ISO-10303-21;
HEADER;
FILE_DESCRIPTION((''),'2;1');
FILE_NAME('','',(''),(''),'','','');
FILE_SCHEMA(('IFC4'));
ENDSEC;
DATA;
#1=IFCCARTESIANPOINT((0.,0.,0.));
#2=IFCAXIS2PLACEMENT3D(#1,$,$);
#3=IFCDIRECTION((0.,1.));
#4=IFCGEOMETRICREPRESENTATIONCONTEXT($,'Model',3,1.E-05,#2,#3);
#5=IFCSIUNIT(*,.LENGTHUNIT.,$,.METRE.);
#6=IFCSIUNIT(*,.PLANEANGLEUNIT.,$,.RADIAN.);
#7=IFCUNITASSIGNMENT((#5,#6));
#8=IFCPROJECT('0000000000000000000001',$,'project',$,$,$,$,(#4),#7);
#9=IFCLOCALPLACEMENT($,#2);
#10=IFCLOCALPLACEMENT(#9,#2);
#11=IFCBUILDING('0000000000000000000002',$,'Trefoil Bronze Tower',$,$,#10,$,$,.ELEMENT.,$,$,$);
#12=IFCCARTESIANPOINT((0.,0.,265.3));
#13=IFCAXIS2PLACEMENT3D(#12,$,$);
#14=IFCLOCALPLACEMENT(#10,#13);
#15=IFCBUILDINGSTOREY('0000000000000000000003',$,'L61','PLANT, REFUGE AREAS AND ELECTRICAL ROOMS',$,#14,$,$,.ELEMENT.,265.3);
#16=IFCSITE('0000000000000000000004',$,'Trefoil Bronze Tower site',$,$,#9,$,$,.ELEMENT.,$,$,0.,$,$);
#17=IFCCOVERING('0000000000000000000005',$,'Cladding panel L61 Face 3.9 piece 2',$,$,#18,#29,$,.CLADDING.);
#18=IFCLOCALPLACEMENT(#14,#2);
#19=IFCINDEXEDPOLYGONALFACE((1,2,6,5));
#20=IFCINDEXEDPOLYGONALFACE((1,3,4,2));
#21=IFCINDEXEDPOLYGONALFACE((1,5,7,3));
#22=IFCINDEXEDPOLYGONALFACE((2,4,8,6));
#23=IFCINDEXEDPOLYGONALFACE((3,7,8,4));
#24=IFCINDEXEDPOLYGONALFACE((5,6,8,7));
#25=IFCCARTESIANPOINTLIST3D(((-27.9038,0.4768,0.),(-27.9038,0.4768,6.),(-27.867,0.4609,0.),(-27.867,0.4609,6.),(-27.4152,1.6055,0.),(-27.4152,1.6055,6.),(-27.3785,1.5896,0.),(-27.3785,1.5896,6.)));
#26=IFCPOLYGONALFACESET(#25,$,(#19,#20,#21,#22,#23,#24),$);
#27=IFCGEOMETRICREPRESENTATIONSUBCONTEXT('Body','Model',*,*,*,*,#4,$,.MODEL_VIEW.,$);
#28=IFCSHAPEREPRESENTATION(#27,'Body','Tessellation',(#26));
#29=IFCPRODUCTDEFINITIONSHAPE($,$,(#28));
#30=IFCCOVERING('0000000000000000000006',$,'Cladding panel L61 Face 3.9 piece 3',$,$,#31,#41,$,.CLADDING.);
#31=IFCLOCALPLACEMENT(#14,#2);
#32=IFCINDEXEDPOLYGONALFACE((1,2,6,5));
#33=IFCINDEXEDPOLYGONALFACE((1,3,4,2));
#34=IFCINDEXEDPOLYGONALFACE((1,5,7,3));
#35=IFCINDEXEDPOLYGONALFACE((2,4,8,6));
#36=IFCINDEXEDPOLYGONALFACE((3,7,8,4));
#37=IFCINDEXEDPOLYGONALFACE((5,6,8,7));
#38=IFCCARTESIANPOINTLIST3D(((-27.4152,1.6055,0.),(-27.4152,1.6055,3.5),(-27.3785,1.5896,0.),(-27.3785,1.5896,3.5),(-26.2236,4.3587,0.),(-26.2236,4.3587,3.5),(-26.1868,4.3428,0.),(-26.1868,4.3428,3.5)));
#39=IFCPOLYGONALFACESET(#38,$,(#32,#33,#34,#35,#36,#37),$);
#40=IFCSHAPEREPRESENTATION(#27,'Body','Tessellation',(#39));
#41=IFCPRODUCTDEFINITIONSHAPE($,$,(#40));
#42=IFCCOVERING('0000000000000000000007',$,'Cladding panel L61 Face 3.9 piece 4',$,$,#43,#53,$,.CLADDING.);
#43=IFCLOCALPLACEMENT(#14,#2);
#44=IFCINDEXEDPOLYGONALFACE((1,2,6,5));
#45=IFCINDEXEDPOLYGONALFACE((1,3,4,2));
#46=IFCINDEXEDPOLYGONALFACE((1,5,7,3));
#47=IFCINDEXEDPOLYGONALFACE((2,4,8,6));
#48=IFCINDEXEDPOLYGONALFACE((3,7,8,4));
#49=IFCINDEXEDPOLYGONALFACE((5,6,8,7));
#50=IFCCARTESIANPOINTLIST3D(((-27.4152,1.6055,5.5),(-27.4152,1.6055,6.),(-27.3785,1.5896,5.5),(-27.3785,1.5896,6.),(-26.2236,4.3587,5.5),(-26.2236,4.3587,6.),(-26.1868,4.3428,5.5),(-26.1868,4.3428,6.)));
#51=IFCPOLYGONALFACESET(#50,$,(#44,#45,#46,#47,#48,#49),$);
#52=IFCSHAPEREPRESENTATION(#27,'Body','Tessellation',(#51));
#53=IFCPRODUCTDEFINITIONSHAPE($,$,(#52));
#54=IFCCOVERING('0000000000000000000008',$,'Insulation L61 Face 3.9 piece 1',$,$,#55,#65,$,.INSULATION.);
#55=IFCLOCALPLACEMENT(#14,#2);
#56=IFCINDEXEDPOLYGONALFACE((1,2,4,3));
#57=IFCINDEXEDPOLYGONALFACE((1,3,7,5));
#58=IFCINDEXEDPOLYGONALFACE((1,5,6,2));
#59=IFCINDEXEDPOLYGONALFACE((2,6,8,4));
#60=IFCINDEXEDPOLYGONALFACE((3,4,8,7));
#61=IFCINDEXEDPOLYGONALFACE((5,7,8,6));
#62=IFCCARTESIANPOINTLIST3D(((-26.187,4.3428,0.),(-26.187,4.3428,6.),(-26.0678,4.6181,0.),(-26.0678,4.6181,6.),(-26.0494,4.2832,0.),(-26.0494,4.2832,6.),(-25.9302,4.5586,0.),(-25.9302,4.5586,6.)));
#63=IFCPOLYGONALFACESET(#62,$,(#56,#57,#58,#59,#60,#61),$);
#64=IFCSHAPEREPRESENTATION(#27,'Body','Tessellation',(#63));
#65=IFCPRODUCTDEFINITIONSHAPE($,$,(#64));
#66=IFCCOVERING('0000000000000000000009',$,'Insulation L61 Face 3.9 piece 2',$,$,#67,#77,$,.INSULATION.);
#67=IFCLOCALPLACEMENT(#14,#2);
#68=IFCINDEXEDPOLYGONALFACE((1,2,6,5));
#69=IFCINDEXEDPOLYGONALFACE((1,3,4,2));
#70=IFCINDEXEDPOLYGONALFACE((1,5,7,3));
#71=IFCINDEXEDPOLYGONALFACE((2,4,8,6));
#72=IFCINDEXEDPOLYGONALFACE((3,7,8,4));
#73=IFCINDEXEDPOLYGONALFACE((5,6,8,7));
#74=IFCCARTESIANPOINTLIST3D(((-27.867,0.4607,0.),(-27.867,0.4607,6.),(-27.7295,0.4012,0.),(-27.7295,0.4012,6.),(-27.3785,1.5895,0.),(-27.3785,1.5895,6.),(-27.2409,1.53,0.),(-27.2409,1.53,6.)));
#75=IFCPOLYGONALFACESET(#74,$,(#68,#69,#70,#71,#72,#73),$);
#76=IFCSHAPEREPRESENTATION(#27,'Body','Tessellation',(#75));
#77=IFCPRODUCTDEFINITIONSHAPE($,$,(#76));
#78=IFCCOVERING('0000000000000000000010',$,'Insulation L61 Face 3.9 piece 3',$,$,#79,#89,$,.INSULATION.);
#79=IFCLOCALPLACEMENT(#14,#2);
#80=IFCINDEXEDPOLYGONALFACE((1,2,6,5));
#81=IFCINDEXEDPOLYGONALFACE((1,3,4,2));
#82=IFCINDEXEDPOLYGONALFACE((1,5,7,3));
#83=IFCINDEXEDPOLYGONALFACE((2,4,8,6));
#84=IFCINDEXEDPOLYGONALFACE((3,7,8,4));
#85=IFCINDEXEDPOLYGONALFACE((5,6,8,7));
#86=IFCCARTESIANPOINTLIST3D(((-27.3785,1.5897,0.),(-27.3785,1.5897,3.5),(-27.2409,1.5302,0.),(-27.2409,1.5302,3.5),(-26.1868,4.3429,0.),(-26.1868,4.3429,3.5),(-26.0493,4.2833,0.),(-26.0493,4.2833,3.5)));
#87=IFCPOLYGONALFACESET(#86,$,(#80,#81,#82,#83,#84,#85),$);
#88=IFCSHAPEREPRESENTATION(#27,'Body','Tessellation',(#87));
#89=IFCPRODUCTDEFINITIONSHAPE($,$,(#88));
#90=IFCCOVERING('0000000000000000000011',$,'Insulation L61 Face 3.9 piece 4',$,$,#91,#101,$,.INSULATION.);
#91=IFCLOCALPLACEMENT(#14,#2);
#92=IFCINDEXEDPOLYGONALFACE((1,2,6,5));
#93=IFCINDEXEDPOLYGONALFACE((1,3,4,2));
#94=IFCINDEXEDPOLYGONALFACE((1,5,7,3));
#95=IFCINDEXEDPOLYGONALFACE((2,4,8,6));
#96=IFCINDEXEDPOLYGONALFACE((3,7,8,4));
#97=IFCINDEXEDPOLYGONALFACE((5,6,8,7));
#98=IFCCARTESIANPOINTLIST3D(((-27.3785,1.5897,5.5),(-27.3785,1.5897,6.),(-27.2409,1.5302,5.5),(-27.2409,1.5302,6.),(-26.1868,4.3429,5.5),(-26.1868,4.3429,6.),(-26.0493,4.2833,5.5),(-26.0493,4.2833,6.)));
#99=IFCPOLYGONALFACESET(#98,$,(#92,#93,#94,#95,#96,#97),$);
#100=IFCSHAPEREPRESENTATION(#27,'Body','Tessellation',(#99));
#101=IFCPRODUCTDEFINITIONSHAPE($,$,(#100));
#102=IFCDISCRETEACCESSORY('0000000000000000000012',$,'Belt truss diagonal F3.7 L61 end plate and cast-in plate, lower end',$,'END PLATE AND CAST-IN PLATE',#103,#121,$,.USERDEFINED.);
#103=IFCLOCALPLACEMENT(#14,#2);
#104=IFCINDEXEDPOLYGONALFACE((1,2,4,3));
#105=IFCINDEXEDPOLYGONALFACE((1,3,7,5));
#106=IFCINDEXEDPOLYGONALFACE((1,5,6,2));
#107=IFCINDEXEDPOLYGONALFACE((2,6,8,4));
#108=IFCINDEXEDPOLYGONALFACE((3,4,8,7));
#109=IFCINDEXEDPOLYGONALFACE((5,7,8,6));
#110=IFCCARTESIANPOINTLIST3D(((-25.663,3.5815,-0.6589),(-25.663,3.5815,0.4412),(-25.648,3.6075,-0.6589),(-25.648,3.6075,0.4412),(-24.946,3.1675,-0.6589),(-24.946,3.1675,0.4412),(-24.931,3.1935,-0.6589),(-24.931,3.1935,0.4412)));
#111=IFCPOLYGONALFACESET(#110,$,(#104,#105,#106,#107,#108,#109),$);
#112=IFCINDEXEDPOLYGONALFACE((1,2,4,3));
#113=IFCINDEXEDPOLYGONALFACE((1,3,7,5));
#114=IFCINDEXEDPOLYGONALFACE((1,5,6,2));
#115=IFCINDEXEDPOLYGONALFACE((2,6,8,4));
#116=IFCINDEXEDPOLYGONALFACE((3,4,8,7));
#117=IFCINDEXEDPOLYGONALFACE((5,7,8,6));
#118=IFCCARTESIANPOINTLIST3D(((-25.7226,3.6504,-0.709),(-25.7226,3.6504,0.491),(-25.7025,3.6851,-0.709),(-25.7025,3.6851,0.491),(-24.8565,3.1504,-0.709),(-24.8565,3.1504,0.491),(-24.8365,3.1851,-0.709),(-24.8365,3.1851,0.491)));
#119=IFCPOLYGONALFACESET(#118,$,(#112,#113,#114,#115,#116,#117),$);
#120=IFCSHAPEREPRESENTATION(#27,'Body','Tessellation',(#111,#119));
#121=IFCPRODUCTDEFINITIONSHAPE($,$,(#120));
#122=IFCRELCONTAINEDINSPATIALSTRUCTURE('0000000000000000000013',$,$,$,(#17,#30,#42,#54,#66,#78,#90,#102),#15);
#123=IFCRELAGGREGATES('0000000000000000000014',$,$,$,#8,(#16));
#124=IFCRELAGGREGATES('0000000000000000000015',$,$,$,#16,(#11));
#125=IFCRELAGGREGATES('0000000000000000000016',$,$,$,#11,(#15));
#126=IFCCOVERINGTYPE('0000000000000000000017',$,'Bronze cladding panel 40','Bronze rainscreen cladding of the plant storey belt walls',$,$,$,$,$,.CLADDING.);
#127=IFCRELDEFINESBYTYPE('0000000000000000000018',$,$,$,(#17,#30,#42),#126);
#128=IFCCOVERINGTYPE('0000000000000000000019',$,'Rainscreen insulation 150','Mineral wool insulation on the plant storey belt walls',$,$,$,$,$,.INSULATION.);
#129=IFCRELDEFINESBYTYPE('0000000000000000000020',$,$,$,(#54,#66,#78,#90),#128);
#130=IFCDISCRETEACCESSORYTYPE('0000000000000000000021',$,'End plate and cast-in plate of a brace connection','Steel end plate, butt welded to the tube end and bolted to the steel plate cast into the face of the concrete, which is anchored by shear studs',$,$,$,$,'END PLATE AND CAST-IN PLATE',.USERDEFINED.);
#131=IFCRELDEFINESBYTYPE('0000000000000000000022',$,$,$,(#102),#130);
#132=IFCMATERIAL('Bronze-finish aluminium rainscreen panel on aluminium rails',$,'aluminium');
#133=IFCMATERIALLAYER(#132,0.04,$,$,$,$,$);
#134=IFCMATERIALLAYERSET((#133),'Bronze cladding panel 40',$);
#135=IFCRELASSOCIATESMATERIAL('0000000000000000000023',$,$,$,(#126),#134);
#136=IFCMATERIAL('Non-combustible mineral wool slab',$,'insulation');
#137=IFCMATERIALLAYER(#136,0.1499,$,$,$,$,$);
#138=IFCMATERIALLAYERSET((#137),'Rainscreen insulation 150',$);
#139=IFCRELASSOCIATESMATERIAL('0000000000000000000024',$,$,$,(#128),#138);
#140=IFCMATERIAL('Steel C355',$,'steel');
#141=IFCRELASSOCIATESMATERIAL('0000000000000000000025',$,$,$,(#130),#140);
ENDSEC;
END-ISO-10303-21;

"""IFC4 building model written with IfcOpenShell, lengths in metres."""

from ifc_helpers import new_model, si_unit, direction, frame, origin, origin_2d, place, context, subcontext, project, spatial, rectangle, extrude, material, layer, layer_set, type_object, element, save


model = new_model("IFC4")

# Units and contexts
model_context = context("Model", 3, precision=1e-05, world=origin(), true_north=direction((0.0, 1.0)))
body_context = subcontext(model_context, "Body", "Model", "MODEL_VIEW")
ifc_project = project(units=[si_unit("LENGTHUNIT", "METRE"), si_unit("PLANEANGLEUNIT", "RADIAN")], contexts=[model_context])

# Site, building, storey
site_placement = place(None, origin())
site = spatial("IfcSite", under=ifc_project, at=site_placement, Name="Trefoil Bronze Tower site", CompositionType="ELEMENT", RefElevation=0.0)
building_placement = place(site_placement, origin())
building = spatial("IfcBuilding", under=site, at=building_placement, Name="Trefoil Bronze Tower", CompositionType="ELEMENT")
storey_placement = place(building_placement, frame((0.0, 0.0, 265.3)))
storey = spatial("IfcBuildingStorey", under=building, at=storey_placement, Name="L61", Description="PLANT, REFUGE AREAS AND ELECTRICAL ROOMS", CompositionType="ELEMENT", Elevation=265.3)

# Coverings
ifc_material_1 = material(Name="Bronze-finish aluminium rainscreen panel on aluminium rails", Category="aluminium")
ifc_layer_1 = layer(ifc_material_1, 0.04)
ifc_layer_set_1 = layer_set([ifc_layer_1], Name="Bronze cladding panel 40")
covering_type_1 = type_object("IfcCoveringType", Name="Bronze cladding panel 40", Description="Bronze rainscreen cladding of the plant storey belt walls", PredefinedType="CLADDING", material=ifc_layer_set_1)
covering_1_placement = place(storey_placement, frame((-27.6411, 1.0332, 0.0), z_axis=(0.0, 0.0, 1.0), x_axis=(-0.39722, -0.917723, 0.0)))
element("IfcCovering", 1, at=covering_1_placement, inside=storey, type_object=covering_type_1, Name="Cladding panel L61 Face 3.9 piece 2", PredefinedType="CLADDING", context=body_context, shape_type="SweptSolid", body=[
    extrude(rectangle(XDim=1.23, YDim=0.04, at=origin_2d()), origin(), (0.0, 0.0, 1.0), 6.0),
])
covering_2_placement = place(storey_placement, frame((-26.801, 2.9741, 0.0), z_axis=(0.0, 0.0, 1.0), x_axis=(-0.39722, -0.917723, 0.0)))
element("IfcCovering", 2, at=covering_2_placement, inside=storey, type_object=covering_type_1, Name="Cladding panel L61 Face 3.9 piece 3", PredefinedType="CLADDING", context=body_context, shape_type="SweptSolid", body=[
    extrude(rectangle(XDim=3.0, YDim=0.04, at=origin_2d()), origin(), (0.0, 0.0, 1.0), 3.5),
])
covering_3_placement = place(storey_placement, frame((-26.801, 2.9741, 5.5), z_axis=(0.0, 0.0, 1.0), x_axis=(-0.39722, -0.917723, 0.0)))
element("IfcCovering", 3, at=covering_3_placement, inside=storey, type_object=covering_type_1, Name="Cladding panel L61 Face 3.9 piece 4", PredefinedType="CLADDING", context=body_context, shape_type="SweptSolid", body=[
    extrude(rectangle(XDim=3.0, YDim=0.04, at=origin_2d()), origin(), (0.0, 0.0, 1.0), 0.5),
])
ifc_material_2 = material(Name="Non-combustible mineral wool slab", Category="insulation")
ifc_layer_2 = layer(ifc_material_2, 0.1499)
ifc_layer_set_2 = layer_set([ifc_layer_2], Name="Rainscreen insulation 150")
covering_type_2 = type_object("IfcCoveringType", Name="Rainscreen insulation 150", Description="Mineral wool insulation on the plant storey belt walls", PredefinedType="INSULATION", material=ifc_layer_set_2)
covering_4_placement = place(storey_placement, frame((-26.0586, 4.4507, 0.0), z_axis=(0.0, 0.0, 1.0), x_axis=(-0.39722, -0.917723, 0.0)))
element("IfcCovering", 4, at=covering_4_placement, inside=storey, type_object=covering_type_2, Name="Insulation L61 Face 3.9 piece 1", PredefinedType="INSULATION", context=body_context, shape_type="SweptSolid", body=[
    extrude(rectangle(XDim=0.3, YDim=0.1499, at=origin_2d()), origin(), (0.0, 0.0, 1.0), 6.0),
])
covering_5_placement = place(storey_placement, frame((-27.554, 0.9954, 0.0), z_axis=(0.0, 0.0, 1.0), x_axis=(-0.39722, -0.917723, 0.0)))
element("IfcCovering", 5, at=covering_5_placement, inside=storey, type_object=covering_type_2, Name="Insulation L61 Face 3.9 piece 2", PredefinedType="INSULATION", context=body_context, shape_type="SweptSolid", body=[
    extrude(rectangle(XDim=1.23, YDim=0.1499, at=origin_2d()), origin(), (0.0, 0.0, 1.0), 6.0),
])
covering_6_placement = place(storey_placement, frame((-26.7139, 2.9365, 0.0), z_axis=(0.0, 0.0, 1.0), x_axis=(-0.39722, -0.917723, 0.0)))
element("IfcCovering", 6, at=covering_6_placement, inside=storey, type_object=covering_type_2, Name="Insulation L61 Face 3.9 piece 3", PredefinedType="INSULATION", context=body_context, shape_type="SweptSolid", body=[
    extrude(rectangle(XDim=3.0, YDim=0.1499, at=origin_2d()), origin(), (0.0, 0.0, 1.0), 3.5),
])
covering_7_placement = place(storey_placement, frame((-26.7139, 2.9365, 5.5), z_axis=(0.0, 0.0, 1.0), x_axis=(-0.39722, -0.917723, 0.0)))
element("IfcCovering", 7, at=covering_7_placement, inside=storey, type_object=covering_type_2, Name="Insulation L61 Face 3.9 piece 4", PredefinedType="INSULATION", context=body_context, shape_type="SweptSolid", body=[
    extrude(rectangle(XDim=3.0, YDim=0.1499, at=origin_2d()), origin(), (0.0, 0.0, 1.0), 0.5),
])

# Discrete accessory
ifc_material_3 = material(Name="Steel C355", Category="steel")
discrete_accessory_type = type_object("IfcDiscreteAccessoryType", Name="End plate and cast-in plate of a brace connection", Description="Steel end plate, butt welded to the tube end and bolted to the steel plate cast into the face of the concrete, which is anchored by shear studs", ElementType="END PLATE AND CAST-IN PLATE", PredefinedType="USERDEFINED", material=ifc_material_3)
discrete_accessory_placement = place(storey_placement, frame((-25.2896, 3.4004, -0.1089), z_axis=(0.0, 0.0, 1.0), x_axis=(-0.5, -0.866025, 0.0)))
element("IfcDiscreteAccessory", 8, at=discrete_accessory_placement, inside=storey, type_object=discrete_accessory_type, Name="Belt truss diagonal F3.7 L61 end plate and cast-in plate, lower end", ObjectType="END PLATE AND CAST-IN PLATE", PredefinedType="USERDEFINED", context=body_context, shape_type="SweptSolid", body=[
    extrude(rectangle(XDim=0.03, YDim=0.8279, at=origin_2d()), frame((0.0149, 0.0, -0.55)), (0.0, 0.0, 1.0), 1.1001),
    extrude(rectangle(XDim=0.04, YDim=1.0, at=origin_2d()), frame((-0.02, 0.0, -0.6001)), (0.0, 0.0, 1.0), 1.2),
])

save(model, "model.ifc")
